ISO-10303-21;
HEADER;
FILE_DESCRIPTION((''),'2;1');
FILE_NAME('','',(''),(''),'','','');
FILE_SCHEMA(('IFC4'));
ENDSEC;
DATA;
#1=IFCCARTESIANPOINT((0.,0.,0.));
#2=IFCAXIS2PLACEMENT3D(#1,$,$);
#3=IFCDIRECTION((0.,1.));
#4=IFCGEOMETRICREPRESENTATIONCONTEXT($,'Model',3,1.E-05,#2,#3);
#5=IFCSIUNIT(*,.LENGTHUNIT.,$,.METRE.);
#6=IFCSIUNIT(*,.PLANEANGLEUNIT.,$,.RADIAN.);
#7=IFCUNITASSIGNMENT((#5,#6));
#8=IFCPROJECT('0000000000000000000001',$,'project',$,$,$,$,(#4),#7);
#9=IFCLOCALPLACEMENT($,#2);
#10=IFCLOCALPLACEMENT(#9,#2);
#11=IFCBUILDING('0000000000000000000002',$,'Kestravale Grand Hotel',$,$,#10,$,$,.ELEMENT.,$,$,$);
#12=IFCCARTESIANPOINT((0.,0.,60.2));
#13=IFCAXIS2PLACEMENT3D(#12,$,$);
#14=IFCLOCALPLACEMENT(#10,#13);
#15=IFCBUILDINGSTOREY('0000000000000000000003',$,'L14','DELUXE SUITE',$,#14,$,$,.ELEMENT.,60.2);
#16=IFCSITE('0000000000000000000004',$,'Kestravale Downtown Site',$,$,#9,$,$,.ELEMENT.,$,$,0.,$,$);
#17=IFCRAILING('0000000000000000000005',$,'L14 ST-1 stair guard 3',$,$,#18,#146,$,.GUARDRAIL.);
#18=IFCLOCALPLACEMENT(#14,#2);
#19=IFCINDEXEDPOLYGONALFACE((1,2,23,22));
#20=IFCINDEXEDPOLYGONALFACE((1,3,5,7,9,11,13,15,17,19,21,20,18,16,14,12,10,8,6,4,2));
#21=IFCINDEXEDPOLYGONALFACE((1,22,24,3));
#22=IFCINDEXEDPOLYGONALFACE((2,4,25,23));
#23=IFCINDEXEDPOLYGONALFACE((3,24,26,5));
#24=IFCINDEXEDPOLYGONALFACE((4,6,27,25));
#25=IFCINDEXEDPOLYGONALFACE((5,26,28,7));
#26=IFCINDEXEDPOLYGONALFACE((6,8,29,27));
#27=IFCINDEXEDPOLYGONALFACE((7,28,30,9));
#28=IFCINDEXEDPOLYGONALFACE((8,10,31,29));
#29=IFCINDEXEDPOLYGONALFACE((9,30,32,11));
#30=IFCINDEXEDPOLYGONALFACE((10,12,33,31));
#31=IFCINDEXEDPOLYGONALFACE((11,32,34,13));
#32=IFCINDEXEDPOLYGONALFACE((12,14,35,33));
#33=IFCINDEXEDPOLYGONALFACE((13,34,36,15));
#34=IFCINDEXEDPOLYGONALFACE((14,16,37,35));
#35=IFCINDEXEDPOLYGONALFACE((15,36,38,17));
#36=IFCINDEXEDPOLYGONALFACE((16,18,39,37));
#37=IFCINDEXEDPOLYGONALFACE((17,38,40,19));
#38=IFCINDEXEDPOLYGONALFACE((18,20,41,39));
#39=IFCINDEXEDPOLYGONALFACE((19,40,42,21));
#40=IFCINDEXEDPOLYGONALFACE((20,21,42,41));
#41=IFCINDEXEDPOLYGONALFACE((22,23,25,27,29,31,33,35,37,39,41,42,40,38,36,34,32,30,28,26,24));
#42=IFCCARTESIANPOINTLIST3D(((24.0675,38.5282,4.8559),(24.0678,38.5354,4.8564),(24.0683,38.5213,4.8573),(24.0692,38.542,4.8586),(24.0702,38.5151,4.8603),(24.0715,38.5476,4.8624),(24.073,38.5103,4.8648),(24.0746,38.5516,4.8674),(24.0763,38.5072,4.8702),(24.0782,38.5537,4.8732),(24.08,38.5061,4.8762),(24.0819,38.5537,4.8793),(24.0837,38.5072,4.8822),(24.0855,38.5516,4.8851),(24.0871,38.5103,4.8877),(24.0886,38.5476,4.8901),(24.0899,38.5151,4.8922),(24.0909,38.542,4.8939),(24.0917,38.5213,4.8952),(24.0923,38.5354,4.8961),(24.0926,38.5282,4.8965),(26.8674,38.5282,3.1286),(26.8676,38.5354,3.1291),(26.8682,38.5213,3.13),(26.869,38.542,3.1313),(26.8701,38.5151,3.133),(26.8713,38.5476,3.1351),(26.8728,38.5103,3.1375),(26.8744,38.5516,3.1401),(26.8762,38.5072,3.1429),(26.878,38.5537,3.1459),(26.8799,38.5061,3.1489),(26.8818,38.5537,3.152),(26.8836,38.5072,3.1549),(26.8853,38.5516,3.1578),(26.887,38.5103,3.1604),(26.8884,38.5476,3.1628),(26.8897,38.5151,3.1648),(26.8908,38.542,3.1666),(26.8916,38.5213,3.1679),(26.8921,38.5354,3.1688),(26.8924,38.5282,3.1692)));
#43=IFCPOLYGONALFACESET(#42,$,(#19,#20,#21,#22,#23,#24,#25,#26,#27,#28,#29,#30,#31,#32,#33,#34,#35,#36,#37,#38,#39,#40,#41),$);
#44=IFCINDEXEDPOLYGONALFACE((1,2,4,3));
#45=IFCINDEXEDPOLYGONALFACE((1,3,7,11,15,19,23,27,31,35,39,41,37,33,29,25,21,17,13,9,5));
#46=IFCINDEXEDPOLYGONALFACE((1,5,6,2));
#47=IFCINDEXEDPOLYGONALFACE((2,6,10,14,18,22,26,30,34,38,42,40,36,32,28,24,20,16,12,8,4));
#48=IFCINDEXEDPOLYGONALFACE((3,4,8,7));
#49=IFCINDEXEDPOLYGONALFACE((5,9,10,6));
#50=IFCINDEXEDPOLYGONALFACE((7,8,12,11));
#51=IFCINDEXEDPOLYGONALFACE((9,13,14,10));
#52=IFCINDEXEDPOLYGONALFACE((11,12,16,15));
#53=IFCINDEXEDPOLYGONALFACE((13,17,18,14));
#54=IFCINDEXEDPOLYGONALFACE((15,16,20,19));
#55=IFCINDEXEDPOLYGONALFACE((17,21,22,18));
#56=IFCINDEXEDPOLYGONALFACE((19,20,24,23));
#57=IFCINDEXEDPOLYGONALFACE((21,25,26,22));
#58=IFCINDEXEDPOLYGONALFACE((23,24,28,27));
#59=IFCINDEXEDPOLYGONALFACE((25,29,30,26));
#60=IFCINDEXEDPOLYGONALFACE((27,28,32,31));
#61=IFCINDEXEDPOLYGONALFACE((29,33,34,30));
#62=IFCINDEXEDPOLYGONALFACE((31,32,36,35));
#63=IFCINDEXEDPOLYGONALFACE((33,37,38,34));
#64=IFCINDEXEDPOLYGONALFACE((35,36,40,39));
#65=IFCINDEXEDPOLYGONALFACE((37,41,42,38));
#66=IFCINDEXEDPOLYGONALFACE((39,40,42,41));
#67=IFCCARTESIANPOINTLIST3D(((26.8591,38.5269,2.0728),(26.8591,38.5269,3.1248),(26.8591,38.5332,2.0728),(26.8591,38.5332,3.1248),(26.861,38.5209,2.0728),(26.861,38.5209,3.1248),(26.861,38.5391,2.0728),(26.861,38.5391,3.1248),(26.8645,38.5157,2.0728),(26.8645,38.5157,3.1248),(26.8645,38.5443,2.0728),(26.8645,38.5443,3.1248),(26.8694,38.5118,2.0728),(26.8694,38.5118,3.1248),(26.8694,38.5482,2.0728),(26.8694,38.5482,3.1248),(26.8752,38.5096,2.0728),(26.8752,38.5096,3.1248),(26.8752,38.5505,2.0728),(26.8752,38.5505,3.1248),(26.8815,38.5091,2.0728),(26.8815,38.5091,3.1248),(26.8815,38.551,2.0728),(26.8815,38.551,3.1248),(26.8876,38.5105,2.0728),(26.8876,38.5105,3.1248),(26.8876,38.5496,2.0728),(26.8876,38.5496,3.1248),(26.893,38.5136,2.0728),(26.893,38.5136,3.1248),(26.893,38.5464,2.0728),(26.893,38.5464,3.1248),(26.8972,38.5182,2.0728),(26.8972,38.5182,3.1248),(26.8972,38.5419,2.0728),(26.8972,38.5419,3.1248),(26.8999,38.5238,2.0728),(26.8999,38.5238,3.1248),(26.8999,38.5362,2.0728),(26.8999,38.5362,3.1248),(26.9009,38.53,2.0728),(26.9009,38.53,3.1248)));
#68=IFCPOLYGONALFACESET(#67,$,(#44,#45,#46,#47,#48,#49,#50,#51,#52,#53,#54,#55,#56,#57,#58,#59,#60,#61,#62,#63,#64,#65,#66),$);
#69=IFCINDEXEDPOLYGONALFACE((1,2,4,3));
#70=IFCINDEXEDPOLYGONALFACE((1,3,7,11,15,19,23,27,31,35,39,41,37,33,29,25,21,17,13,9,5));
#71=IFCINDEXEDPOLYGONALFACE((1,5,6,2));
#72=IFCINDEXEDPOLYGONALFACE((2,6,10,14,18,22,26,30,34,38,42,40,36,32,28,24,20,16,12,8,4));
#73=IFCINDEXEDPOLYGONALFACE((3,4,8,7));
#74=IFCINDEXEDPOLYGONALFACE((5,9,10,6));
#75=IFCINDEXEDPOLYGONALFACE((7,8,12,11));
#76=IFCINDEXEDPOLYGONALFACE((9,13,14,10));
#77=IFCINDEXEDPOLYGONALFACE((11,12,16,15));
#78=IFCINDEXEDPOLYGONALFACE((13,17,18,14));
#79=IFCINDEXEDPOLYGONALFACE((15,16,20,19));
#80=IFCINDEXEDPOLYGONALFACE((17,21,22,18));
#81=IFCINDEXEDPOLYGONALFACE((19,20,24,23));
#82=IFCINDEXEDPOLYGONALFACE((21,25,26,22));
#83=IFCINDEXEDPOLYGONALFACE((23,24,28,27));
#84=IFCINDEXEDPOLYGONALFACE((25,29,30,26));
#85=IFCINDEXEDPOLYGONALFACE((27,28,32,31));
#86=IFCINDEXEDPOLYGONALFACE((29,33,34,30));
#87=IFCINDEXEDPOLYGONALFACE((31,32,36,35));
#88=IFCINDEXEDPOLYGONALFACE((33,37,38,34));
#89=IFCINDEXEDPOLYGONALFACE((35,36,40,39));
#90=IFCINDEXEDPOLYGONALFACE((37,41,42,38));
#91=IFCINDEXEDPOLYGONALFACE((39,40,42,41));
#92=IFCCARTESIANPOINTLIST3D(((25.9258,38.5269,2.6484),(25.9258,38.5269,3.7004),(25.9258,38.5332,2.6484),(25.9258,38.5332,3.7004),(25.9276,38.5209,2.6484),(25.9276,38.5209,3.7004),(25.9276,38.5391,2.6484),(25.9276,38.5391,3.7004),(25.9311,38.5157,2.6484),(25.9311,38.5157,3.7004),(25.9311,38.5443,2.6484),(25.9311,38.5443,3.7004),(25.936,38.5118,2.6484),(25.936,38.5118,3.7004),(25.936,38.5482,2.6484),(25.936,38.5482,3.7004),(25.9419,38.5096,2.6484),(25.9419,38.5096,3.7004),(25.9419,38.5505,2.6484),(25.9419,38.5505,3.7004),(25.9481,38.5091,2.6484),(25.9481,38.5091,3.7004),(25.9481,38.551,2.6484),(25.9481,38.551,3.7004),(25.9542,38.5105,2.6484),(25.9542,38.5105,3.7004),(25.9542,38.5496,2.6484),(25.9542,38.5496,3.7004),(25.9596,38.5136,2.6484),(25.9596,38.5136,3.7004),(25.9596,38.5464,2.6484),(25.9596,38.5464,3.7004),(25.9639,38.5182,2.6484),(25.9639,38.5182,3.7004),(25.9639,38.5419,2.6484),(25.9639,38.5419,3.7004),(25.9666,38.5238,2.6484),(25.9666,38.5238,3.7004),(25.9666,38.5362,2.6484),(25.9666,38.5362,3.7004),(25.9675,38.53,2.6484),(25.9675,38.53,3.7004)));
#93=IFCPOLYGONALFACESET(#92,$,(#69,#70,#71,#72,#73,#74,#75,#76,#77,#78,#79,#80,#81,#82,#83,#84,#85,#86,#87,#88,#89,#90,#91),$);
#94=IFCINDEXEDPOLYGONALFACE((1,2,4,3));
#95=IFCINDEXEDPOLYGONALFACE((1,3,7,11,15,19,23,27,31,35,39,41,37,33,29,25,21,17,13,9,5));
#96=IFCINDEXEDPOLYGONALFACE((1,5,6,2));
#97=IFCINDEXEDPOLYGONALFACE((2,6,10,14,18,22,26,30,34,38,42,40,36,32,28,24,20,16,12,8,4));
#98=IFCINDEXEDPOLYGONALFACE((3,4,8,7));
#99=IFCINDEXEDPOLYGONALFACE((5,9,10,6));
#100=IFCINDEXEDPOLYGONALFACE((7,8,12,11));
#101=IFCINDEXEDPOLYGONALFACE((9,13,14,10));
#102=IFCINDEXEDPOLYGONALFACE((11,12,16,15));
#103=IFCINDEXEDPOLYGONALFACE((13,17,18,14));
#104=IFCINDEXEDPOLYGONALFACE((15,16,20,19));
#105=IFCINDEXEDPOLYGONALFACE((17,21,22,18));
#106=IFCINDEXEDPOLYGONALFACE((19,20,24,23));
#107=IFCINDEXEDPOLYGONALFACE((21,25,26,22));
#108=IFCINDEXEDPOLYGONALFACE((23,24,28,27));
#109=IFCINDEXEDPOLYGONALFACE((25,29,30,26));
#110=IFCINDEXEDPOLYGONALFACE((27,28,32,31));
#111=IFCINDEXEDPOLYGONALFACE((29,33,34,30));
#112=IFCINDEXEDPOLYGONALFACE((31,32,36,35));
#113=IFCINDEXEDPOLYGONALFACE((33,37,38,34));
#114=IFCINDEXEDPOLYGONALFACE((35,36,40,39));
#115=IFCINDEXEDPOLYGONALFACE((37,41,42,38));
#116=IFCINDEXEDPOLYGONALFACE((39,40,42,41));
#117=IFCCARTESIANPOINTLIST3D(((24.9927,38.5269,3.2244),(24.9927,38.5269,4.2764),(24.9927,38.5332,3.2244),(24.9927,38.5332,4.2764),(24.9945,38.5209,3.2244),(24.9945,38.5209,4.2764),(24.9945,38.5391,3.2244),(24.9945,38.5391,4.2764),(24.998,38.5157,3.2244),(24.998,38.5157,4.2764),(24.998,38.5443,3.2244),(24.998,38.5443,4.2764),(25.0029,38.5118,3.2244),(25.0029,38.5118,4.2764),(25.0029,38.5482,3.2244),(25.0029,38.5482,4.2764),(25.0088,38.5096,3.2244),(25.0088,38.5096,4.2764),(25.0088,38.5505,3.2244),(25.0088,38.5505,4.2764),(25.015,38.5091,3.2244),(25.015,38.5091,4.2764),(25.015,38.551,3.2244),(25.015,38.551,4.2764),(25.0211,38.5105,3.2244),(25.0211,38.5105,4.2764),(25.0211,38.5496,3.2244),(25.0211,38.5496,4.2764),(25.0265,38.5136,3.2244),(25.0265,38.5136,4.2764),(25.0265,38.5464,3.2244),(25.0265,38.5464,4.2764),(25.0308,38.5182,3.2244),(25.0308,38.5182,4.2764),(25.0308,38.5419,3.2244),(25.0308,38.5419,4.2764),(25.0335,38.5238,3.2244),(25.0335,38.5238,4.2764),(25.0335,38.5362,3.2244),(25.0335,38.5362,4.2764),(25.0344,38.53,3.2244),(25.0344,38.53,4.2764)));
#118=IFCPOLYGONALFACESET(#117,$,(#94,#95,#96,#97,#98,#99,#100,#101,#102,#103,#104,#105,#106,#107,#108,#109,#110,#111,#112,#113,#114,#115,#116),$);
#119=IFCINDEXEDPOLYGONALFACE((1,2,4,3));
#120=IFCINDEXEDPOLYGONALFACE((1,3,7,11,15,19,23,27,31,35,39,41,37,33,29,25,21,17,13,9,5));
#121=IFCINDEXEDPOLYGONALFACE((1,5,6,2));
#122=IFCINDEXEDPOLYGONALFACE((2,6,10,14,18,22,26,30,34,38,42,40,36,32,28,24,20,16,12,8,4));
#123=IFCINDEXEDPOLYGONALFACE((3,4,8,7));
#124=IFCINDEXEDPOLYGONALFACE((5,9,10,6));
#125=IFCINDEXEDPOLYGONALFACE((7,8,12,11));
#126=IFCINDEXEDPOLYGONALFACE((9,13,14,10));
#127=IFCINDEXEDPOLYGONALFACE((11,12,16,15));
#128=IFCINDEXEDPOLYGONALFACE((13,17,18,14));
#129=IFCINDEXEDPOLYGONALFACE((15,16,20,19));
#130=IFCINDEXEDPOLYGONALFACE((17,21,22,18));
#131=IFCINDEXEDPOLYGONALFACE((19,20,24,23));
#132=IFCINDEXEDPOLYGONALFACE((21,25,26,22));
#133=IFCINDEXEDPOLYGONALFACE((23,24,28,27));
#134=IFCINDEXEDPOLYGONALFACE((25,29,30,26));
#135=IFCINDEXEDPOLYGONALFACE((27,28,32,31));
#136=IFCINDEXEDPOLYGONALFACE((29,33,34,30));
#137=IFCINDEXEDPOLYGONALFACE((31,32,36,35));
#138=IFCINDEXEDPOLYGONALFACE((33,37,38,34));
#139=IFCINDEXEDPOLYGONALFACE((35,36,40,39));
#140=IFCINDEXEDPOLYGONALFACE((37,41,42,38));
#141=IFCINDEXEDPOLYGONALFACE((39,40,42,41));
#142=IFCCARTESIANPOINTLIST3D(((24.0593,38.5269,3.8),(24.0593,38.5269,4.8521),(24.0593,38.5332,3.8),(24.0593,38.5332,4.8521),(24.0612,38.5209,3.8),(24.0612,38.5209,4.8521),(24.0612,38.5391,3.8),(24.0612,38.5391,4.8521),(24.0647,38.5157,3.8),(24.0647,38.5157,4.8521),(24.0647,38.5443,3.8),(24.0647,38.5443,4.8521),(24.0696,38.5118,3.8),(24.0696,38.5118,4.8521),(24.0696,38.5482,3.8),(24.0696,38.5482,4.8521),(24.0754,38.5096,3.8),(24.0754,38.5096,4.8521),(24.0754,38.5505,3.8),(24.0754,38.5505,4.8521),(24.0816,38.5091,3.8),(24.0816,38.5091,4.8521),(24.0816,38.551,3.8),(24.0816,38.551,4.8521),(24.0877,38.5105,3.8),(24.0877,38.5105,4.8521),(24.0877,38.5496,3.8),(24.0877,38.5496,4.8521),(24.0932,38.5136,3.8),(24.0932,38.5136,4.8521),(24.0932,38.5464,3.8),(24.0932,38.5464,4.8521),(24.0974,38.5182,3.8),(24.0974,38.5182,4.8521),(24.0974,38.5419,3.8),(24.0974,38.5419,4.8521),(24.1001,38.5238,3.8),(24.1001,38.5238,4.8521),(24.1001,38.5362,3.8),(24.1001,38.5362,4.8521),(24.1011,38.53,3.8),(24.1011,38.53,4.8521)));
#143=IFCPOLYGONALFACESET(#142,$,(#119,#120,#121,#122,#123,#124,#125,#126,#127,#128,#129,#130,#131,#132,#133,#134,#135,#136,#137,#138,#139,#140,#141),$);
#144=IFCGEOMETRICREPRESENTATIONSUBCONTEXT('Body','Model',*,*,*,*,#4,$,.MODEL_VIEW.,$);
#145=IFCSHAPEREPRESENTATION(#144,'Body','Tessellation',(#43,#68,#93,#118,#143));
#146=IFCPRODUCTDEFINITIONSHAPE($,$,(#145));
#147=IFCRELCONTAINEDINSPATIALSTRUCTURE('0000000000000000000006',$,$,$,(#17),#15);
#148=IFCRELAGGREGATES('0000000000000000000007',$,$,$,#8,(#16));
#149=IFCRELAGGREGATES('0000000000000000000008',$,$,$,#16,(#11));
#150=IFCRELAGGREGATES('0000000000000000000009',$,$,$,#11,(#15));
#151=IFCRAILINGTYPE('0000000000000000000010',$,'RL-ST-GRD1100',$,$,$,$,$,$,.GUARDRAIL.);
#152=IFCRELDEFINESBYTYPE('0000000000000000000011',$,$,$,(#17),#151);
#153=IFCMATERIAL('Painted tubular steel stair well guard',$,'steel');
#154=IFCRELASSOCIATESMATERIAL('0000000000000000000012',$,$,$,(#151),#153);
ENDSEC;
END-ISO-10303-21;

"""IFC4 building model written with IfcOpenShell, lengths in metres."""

from ifc_helpers import new_model, si_unit, direction, frame, origin, origin_2d, place, context, subcontext, project, spatial, circle, extrude, material, type_object, element, save


model = new_model("IFC4")

# Units and contexts
model_context = context("Model", 3, precision=1e-05, world=origin(), true_north=direction((0.0, 1.0)))
body_context = subcontext(model_context, "Body", "Model", "MODEL_VIEW")
ifc_project = project(units=[si_unit("LENGTHUNIT", "METRE"), si_unit("PLANEANGLEUNIT", "RADIAN")], contexts=[model_context])

# Site, building, storey
site_placement = place(None, origin())
site = spatial("IfcSite", under=ifc_project, at=site_placement, Name="Kestravale Downtown Site", CompositionType="ELEMENT", RefElevation=0.0)
building_placement = place(site_placement, origin())
building = spatial("IfcBuilding", under=site, at=building_placement, Name="Kestravale Grand Hotel", CompositionType="ELEMENT")
storey_placement = place(building_placement, frame((0.0, 0.0, 60.2)))
storey = spatial("IfcBuildingStorey", under=building, at=storey_placement, Name="L14", Description="DELUXE SUITE", CompositionType="ELEMENT", Elevation=60.2)

# Railing
ifc_material_1 = material(Name="Painted tubular steel stair well guard", Category="steel")
railing_type_1 = type_object("IfcRailingType", Name="RL-ST-GRD1100", PredefinedType="GUARDRAIL", material=ifc_material_1)
railing_1_placement = place(storey_placement, frame((26.8799, 38.53, 2.0728)))
element("IfcRailing", 1, at=railing_1_placement, inside=storey, type_object=railing_type_1, Name="L14 ST-1 stair guard 3", PredefinedType="GUARDRAIL", context=body_context, shape_type="SweptSolid", body=[
    extrude(circle(Radius=0.0239, at=origin_2d()), frame((0.0, 0.0, 1.0762), z_axis=(-0.851069, 0.0, 0.525054), x_axis=(0.0, -1.0, 0.0)), (0.0, 0.0, 1.0), 3.2898),
    extrude(circle(Radius=0.021, at=origin_2d()), origin(), (0.0, 0.0, 1.0), 1.052),
    extrude(circle(Radius=0.021, at=origin_2d()), frame((-0.9333, 0.0, 0.5757)), (0.0, 0.0, 1.0), 1.052),
    extrude(circle(Radius=0.021, at=origin_2d()), frame((-1.8665, 0.0, 1.1516)), (0.0, 0.0, 1.0), 1.052),
    extrude(circle(Radius=0.021, at=origin_2d()), frame((-2.7998, 0.0, 1.7273)), (0.0, 0.0, 1.0), 1.052),
])

save(model, "model.ifc")
